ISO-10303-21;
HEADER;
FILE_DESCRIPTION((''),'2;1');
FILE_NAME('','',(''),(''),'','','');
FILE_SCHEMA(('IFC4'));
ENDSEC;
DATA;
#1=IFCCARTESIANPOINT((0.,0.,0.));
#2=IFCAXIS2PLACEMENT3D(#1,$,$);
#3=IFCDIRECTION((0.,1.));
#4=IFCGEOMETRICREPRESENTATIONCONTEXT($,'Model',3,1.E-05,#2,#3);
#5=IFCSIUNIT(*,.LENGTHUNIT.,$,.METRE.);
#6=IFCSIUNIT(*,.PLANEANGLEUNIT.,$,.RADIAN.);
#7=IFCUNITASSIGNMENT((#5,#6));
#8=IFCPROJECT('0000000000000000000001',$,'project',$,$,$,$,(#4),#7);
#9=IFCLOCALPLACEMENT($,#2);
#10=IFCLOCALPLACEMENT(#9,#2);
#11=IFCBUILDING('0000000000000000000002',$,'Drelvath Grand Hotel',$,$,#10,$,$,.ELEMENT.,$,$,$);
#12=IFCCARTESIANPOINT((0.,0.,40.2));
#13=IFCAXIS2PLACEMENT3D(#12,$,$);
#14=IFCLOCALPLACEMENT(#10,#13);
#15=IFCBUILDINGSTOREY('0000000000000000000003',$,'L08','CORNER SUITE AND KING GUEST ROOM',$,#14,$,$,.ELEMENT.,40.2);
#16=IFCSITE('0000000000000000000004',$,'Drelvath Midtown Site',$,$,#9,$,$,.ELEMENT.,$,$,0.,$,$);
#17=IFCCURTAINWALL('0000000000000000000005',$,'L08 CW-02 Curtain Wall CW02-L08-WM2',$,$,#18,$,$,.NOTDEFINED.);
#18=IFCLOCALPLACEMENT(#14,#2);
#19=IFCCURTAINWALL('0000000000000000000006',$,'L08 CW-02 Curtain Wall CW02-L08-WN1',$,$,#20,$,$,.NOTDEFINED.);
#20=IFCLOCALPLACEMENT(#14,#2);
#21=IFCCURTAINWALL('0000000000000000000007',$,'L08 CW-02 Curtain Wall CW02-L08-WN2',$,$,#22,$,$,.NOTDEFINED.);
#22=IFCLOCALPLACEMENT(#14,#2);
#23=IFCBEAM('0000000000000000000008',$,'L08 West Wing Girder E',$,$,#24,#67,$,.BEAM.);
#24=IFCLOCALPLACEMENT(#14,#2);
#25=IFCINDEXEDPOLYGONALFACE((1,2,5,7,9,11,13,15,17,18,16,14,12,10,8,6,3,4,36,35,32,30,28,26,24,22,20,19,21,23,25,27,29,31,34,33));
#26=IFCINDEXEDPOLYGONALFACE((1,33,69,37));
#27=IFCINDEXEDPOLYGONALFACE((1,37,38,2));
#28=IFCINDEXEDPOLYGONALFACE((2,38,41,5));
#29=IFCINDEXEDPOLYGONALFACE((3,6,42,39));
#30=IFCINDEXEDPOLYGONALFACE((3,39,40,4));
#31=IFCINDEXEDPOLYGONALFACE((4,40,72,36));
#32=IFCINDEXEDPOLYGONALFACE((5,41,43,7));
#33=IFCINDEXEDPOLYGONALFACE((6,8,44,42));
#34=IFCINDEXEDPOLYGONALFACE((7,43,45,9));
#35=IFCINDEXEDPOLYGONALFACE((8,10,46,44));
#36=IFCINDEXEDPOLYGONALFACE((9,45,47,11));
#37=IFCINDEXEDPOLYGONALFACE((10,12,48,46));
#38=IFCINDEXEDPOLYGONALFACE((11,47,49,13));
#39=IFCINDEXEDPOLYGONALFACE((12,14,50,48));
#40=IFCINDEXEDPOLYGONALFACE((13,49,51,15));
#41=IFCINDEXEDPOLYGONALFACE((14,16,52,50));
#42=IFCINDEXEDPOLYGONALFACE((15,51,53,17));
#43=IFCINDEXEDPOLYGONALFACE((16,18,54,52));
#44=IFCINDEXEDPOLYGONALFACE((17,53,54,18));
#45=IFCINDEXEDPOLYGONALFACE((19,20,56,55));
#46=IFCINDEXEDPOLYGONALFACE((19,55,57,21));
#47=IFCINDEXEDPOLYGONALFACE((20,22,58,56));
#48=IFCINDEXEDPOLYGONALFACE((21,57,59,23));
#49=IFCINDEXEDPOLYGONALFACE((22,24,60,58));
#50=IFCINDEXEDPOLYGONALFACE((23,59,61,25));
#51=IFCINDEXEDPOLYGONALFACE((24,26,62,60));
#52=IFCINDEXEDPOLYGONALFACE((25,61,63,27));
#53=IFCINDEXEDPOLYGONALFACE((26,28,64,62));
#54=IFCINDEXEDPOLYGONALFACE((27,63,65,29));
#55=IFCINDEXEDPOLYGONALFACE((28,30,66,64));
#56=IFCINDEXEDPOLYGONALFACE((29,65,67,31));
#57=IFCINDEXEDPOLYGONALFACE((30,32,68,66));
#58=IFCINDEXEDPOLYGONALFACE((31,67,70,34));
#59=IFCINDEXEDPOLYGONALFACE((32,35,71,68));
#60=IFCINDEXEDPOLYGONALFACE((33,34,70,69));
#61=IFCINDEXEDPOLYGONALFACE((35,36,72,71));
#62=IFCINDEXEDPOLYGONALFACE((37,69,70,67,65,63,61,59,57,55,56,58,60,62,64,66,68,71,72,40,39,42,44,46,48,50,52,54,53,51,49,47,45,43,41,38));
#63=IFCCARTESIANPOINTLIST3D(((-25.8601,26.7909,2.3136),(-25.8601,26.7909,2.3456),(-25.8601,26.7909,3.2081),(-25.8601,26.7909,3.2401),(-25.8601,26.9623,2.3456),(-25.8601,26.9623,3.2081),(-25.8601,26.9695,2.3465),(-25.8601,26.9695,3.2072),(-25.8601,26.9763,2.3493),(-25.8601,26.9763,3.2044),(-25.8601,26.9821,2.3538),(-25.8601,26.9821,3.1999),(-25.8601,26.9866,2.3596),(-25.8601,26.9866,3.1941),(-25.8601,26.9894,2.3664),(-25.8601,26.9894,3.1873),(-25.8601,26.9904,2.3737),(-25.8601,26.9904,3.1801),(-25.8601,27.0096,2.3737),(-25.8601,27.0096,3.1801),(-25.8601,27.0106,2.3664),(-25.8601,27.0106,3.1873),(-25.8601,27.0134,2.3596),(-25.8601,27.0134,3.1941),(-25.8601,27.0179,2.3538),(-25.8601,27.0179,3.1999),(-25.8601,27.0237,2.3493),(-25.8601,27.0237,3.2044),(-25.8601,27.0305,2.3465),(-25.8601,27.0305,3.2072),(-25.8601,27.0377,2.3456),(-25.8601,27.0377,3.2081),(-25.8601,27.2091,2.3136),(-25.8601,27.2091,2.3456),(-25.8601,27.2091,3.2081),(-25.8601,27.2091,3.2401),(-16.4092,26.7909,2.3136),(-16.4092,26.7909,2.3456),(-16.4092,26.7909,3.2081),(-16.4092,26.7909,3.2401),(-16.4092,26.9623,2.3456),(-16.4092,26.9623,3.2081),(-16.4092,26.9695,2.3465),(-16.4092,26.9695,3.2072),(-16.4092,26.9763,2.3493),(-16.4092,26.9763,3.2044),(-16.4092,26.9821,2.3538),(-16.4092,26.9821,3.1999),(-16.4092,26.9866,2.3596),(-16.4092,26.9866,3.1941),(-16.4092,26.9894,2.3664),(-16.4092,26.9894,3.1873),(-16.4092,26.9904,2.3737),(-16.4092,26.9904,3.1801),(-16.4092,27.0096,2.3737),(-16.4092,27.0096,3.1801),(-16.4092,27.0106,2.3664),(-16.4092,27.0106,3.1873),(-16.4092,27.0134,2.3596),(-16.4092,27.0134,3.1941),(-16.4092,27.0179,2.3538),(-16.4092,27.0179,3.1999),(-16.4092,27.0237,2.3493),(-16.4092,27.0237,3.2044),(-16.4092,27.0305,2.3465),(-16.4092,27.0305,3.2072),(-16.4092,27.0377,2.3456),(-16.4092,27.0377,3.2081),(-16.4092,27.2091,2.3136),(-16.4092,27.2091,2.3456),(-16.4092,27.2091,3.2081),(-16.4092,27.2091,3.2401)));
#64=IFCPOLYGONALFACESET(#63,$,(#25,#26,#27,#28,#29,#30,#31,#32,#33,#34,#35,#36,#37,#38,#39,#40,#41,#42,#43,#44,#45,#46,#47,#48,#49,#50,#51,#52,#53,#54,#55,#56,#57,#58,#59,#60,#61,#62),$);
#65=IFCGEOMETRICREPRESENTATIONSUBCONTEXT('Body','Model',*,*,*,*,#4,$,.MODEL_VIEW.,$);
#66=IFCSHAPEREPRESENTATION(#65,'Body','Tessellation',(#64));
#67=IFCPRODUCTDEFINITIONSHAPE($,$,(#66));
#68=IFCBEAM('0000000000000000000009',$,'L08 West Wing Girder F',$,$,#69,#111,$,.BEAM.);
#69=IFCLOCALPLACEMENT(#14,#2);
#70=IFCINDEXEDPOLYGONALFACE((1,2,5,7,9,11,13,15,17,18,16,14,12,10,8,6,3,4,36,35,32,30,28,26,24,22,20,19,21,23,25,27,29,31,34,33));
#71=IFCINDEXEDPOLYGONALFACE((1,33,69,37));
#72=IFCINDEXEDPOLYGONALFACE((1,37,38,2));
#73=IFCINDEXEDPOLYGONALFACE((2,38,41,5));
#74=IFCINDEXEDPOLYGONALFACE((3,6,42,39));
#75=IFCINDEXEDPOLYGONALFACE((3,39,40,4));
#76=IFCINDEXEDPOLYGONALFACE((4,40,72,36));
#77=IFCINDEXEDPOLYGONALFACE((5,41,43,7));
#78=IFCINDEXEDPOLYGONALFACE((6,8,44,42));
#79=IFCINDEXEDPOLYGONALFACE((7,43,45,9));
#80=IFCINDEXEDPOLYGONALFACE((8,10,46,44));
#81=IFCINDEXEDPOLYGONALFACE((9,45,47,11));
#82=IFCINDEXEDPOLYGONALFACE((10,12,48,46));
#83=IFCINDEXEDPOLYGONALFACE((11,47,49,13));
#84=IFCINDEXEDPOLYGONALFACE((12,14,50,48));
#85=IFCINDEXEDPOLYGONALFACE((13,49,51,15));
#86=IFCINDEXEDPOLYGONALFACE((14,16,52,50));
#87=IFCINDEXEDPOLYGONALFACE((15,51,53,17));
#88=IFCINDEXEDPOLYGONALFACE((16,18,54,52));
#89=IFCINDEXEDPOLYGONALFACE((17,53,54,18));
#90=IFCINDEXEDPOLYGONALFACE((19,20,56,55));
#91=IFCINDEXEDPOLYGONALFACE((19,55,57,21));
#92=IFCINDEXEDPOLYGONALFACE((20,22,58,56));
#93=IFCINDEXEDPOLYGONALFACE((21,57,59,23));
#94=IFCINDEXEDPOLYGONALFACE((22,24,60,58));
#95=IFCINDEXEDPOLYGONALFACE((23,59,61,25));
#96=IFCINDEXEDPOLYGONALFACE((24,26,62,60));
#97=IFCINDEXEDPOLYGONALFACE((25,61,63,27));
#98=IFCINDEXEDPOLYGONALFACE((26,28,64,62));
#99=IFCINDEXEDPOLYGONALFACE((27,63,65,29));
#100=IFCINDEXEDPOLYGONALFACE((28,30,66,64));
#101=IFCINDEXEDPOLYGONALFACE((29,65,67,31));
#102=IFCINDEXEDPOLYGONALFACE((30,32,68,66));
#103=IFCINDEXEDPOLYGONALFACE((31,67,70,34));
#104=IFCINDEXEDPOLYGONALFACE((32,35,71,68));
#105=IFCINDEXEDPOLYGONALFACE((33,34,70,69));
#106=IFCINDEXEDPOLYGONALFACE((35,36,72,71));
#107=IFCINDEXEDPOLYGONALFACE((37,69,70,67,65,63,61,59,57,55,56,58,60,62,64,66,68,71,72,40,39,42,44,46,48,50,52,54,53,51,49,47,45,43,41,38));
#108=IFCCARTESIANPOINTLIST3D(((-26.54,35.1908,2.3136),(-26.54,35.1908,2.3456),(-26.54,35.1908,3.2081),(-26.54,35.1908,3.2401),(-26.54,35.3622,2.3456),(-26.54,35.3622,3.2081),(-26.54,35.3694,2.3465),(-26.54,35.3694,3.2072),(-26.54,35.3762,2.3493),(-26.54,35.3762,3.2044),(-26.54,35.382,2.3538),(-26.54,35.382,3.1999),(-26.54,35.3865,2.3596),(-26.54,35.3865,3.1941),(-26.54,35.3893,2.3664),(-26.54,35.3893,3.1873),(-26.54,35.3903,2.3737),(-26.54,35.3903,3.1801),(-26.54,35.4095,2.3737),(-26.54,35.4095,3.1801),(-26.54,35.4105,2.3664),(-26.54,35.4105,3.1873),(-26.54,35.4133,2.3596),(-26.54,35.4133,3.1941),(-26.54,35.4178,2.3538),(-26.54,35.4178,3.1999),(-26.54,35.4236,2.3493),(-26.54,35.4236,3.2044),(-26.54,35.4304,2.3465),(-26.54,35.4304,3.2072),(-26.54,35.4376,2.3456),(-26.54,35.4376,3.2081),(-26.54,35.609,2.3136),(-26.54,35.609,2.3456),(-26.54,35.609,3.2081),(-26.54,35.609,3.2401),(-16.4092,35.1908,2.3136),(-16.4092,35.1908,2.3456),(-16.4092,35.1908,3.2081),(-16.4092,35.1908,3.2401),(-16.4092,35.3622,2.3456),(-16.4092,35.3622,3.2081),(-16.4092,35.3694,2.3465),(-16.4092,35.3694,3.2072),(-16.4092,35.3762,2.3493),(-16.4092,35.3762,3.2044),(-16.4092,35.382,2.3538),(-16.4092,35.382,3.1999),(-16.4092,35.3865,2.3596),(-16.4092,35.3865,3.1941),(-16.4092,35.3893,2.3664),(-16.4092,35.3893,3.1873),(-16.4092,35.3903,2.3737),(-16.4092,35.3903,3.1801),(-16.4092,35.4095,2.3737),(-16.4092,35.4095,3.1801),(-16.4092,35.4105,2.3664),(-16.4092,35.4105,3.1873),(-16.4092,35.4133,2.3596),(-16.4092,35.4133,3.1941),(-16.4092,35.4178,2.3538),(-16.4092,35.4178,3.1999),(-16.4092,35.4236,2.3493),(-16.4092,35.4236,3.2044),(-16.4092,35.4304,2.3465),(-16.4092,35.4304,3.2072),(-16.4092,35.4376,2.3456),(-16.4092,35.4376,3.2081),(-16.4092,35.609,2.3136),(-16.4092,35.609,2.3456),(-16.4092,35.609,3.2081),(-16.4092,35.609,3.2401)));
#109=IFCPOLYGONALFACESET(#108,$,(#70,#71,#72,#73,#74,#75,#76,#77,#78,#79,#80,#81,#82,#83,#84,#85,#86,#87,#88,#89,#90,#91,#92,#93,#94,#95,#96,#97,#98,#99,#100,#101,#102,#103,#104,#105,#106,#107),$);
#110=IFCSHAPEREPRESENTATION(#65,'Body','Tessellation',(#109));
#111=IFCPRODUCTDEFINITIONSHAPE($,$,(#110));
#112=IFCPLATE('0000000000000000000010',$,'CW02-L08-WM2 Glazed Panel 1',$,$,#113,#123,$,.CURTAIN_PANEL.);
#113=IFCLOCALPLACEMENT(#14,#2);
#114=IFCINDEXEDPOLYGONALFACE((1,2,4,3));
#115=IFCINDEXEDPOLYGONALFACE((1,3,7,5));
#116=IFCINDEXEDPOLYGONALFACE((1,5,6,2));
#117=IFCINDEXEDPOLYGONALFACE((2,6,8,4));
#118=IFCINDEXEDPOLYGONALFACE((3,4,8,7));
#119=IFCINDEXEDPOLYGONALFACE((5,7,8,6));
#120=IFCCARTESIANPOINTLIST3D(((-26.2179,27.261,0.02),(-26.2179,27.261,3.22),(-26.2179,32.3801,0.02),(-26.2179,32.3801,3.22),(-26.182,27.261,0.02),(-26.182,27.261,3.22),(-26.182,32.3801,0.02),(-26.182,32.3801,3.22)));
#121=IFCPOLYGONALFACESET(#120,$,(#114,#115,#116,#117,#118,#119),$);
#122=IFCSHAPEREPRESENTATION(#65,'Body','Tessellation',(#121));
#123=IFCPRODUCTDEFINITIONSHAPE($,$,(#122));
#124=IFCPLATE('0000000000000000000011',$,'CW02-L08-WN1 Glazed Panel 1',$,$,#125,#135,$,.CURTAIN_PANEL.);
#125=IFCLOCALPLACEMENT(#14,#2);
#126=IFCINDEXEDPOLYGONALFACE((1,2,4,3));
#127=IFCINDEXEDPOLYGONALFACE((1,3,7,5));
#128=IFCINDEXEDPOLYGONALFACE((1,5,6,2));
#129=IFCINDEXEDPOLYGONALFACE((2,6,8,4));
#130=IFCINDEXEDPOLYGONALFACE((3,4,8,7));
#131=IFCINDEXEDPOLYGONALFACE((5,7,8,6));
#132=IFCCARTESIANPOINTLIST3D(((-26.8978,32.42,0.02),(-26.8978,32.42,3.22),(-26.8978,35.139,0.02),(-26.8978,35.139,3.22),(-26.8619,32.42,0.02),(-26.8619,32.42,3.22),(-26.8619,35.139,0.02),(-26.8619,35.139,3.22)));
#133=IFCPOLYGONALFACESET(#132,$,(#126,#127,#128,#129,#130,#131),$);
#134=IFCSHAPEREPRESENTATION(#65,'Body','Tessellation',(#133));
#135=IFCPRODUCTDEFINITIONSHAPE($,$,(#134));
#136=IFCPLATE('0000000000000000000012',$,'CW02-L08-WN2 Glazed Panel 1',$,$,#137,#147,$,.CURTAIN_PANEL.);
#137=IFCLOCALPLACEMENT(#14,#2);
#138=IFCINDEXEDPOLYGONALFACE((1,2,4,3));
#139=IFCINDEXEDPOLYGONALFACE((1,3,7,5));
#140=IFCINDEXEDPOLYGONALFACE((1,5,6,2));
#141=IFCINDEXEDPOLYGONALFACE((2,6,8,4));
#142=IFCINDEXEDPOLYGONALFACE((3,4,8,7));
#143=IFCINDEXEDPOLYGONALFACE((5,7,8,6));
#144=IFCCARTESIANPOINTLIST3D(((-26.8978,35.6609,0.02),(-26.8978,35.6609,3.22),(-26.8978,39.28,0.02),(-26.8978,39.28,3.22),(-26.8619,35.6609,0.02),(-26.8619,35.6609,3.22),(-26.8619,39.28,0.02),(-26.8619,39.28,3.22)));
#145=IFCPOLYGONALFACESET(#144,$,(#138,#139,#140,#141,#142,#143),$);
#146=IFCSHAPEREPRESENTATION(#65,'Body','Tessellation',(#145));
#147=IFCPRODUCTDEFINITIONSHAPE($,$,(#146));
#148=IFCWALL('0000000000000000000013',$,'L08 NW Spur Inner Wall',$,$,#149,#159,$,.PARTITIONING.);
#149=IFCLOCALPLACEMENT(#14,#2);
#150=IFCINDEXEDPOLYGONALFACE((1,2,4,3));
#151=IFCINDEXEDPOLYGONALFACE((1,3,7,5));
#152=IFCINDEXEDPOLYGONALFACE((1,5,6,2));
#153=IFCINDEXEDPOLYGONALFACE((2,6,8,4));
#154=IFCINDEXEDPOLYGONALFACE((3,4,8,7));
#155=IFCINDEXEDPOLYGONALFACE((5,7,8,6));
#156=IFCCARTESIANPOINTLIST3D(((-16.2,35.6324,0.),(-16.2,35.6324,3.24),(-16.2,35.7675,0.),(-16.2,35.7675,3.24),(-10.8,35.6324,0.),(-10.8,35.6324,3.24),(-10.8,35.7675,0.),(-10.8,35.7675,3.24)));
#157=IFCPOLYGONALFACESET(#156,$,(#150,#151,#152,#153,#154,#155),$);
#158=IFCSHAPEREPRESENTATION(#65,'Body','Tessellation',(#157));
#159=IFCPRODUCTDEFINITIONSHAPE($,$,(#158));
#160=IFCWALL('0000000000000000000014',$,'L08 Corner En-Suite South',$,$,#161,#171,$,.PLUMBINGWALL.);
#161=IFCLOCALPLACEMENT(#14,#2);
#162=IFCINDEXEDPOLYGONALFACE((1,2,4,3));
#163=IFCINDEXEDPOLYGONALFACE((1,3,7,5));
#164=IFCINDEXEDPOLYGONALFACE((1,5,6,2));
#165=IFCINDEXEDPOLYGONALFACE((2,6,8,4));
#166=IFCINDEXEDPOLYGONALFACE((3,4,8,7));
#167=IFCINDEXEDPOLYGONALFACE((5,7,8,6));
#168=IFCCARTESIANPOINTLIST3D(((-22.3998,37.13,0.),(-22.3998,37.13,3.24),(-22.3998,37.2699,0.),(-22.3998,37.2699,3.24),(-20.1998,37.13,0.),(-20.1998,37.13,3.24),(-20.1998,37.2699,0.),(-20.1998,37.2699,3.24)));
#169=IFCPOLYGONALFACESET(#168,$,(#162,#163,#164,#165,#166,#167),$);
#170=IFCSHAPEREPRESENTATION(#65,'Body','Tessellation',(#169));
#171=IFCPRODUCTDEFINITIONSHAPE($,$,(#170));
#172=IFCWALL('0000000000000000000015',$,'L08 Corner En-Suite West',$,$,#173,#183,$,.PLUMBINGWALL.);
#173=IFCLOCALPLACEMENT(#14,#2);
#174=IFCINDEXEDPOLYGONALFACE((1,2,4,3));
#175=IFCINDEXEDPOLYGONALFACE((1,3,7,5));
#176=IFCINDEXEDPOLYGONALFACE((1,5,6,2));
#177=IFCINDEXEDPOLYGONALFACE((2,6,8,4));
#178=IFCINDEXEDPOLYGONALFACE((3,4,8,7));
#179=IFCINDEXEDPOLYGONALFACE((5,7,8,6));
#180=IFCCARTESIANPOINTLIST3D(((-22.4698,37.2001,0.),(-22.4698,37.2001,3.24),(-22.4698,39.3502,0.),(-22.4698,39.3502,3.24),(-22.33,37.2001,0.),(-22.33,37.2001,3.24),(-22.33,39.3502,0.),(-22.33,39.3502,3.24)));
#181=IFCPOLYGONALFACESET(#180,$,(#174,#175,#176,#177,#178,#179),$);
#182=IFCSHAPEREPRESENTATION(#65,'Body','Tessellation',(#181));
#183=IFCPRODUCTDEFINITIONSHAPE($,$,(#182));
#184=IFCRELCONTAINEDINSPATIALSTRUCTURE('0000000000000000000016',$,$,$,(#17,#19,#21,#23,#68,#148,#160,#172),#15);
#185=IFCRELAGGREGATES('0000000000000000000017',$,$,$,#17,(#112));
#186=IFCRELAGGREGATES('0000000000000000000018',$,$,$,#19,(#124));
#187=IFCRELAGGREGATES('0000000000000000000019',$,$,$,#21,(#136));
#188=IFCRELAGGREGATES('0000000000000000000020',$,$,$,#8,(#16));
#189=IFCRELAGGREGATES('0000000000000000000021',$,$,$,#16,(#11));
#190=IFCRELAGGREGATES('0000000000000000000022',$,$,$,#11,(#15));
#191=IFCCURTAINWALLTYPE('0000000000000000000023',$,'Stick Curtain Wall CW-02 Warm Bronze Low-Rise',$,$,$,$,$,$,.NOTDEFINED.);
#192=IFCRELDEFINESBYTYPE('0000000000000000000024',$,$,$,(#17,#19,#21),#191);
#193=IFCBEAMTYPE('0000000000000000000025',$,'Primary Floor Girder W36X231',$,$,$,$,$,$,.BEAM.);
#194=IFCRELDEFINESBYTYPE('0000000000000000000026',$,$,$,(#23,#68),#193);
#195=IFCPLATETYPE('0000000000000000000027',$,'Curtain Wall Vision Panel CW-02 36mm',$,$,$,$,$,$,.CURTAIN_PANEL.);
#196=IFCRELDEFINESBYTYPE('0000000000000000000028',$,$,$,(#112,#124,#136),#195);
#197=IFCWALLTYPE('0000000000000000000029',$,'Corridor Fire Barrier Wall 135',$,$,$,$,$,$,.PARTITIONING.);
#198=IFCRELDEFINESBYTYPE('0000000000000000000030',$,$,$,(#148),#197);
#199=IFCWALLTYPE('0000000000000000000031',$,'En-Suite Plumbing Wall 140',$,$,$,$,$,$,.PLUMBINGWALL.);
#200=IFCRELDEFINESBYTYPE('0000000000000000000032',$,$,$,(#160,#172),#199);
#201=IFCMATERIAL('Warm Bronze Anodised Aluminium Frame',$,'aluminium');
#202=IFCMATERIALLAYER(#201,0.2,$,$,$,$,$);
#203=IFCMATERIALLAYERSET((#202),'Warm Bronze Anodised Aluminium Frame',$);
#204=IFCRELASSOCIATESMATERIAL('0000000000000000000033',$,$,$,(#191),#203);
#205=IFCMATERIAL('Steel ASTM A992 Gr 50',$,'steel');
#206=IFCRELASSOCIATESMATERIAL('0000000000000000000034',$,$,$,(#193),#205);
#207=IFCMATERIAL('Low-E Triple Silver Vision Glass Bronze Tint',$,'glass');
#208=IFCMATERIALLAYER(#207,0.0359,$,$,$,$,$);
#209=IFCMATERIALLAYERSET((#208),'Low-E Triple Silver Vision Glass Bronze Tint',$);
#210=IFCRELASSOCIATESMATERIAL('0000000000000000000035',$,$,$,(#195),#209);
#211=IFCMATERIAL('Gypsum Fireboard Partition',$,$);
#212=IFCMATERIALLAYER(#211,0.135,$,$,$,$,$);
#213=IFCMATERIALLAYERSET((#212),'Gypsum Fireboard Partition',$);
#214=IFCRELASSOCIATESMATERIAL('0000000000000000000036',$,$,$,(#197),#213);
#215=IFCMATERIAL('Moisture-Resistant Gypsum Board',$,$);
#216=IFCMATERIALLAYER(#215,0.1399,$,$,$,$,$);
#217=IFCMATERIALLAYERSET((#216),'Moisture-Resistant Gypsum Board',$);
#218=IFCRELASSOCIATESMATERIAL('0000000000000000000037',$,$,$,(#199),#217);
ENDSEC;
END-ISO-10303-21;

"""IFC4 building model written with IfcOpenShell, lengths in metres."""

from ifc_helpers import new_model, si_unit, direction, frame, frame_2d, origin, origin_2d, place, context, subcontext, project, spatial, rectangle, i_section, extrude, material, layer, layer_set, material_profile, profile_set, type_object, element, aggregate, save


model = new_model("IFC4")

# Units and contexts
model_context = context("Model", 3, precision=1e-05, world=origin(), true_north=direction((0.0, 1.0)))
body_context = subcontext(model_context, "Body", "Model", "MODEL_VIEW")
ifc_project = project(units=[si_unit("LENGTHUNIT", "METRE"), si_unit("PLANEANGLEUNIT", "RADIAN")], contexts=[model_context])

# Site, building, storey
site_placement = place(None, origin())
site = spatial("IfcSite", under=ifc_project, at=site_placement, Name="Drelvath Midtown Site", CompositionType="ELEMENT", RefElevation=0.0)
building_placement = place(site_placement, origin())
building = spatial("IfcBuilding", under=site, at=building_placement, Name="Drelvath Grand Hotel", CompositionType="ELEMENT")
storey_placement = place(building_placement, frame((0.0, 0.0, 40.2)))
storey = spatial("IfcBuildingStorey", under=building, at=storey_placement, Name="L08", Description="CORNER SUITE AND KING GUEST ROOM", CompositionType="ELEMENT", Elevation=40.2)

# Curtain walls
ifc_material_1 = material(Name="Warm Bronze Anodised Aluminium Frame", Category="aluminium")
ifc_layer_1 = layer(ifc_material_1, 0.2)
ifc_layer_set_1 = layer_set([ifc_layer_1], Name="Warm Bronze Anodised Aluminium Frame")
curtain_wall_type = type_object("IfcCurtainWallType", Name="Stick Curtain Wall CW-02 Warm Bronze Low-Rise", PredefinedType="NOTDEFINED", material=ifc_layer_set_1)
curtain_wall_1_placement = place(storey_placement, origin())
curtain_wall_1 = element("IfcCurtainWall", 1, at=curtain_wall_1_placement, inside=storey, type_object=curtain_wall_type, Name="L08 CW-02 Curtain Wall CW02-L08-WM2", PredefinedType="NOTDEFINED")
curtain_wall_2_placement = place(storey_placement, origin())
curtain_wall_2 = element("IfcCurtainWall", 2, at=curtain_wall_2_placement, inside=storey, type_object=curtain_wall_type, Name="L08 CW-02 Curtain Wall CW02-L08-WN1", PredefinedType="NOTDEFINED")
curtain_wall_3_placement = place(storey_placement, origin())
curtain_wall_3 = element("IfcCurtainWall", 3, at=curtain_wall_3_placement, inside=storey, type_object=curtain_wall_type, Name="L08 CW-02 Curtain Wall CW02-L08-WN2", PredefinedType="NOTDEFINED")

# Beams
ifc_material_2 = material(Name="Steel ASTM A992 Gr 50", Category="steel")
ifc_material_profile_1 = material_profile(ifc_material_2, i_section(OverallWidth=0.4182, OverallDepth=0.9265, WebThickness=0.0193, FlangeThickness=0.032, FilletRadius=0.0281, at=origin_2d()), Name="W36X231")
ifc_profile_set_1 = profile_set([ifc_material_profile_1], Name="Steel ASTM A992 Gr 50")
beam_type_1 = type_object("IfcBeamType", Name="Primary Floor Girder W36X231", PredefinedType="BEAM", material=ifc_profile_set_1)
beam_1_placement = place(storey_placement, frame((-25.8601, 27.0, 2.7769), z_axis=(1.0, 0.0, 0.0), x_axis=(0.0, 1.0, 0.0)))
element("IfcBeam", 4, at=beam_1_placement, inside=storey, type_object=beam_type_1, Name="L08 West Wing Girder E", PredefinedType="BEAM", context=body_context, shape_type="SweptSolid", body=[
    extrude(i_section(OverallWidth=0.4182, OverallDepth=0.9265, WebThickness=0.0193, FlangeThickness=0.032, FilletRadius=0.0281, at=origin_2d()), origin(), (0.0, 0.0, 1.0), 9.4509),
])
beam_2_placement = place(storey_placement, frame((-26.54, 35.3999, 2.7769), z_axis=(1.0, 0.0, 0.0), x_axis=(0.0, 1.0, 0.0)))
element("IfcBeam", 5, at=beam_2_placement, inside=storey, type_object=beam_type_1, Name="L08 West Wing Girder F", PredefinedType="BEAM", context=body_context, shape_type="SweptSolid", body=[
    extrude(i_section(OverallWidth=0.4182, OverallDepth=0.9265, WebThickness=0.0193, FlangeThickness=0.032, FilletRadius=0.0281, at=origin_2d()), origin(), (0.0, 0.0, 1.0), 10.1309),
])

# Plates
ifc_material_3 = material(Name="Low-E Triple Silver Vision Glass Bronze Tint", Category="glass")
ifc_layer_2 = layer(ifc_material_3, 0.0359)
ifc_layer_set_2 = layer_set([ifc_layer_2], Name="Low-E Triple Silver Vision Glass Bronze Tint")
plate_type = type_object("IfcPlateType", Name="Curtain Wall Vision Panel CW-02 36mm", PredefinedType="CURTAIN_PANEL", material=ifc_layer_set_2)
plate_1_placement = place(storey_placement, frame((-26.2, 29.8206, 0.02), z_axis=(0.0, 0.0, 1.0), x_axis=(0.0, 1.0, 0.0)))
plate_1 = element("IfcPlate", 6, at=plate_1_placement, type_object=plate_type, Name="CW02-L08-WM2 Glazed Panel 1", PredefinedType="CURTAIN_PANEL", context=body_context, shape_type="SweptSolid", body=[
    extrude(rectangle(XDim=5.1191, YDim=0.0359, at=origin_2d()), origin(), (0.0, 0.0, 1.0), 3.2),
])
aggregate(curtain_wall_1, [plate_1])
plate_2_placement = place(storey_placement, frame((-26.8799, 33.7795, 0.02), z_axis=(0.0, 0.0, 1.0), x_axis=(0.0, 1.0, 0.0)))
plate_2 = element("IfcPlate", 7, at=plate_2_placement, type_object=plate_type, Name="CW02-L08-WN1 Glazed Panel 1", PredefinedType="CURTAIN_PANEL", context=body_context, shape_type="SweptSolid", body=[
    extrude(rectangle(XDim=2.719, YDim=0.0359, at=origin_2d()), origin(), (0.0, 0.0, 1.0), 3.2),
])
aggregate(curtain_wall_2, [plate_2])
plate_3_placement = place(storey_placement, frame((-26.8799, 37.4705, 0.02), z_axis=(0.0, 0.0, 1.0), x_axis=(0.0, 1.0, 0.0)))
plate_3 = element("IfcPlate", 8, at=plate_3_placement, type_object=plate_type, Name="CW02-L08-WN2 Glazed Panel 1", PredefinedType="CURTAIN_PANEL", context=body_context, shape_type="SweptSolid", body=[
    extrude(rectangle(XDim=3.6191, YDim=0.0359, at=origin_2d()), origin(), (0.0, 0.0, 1.0), 3.2),
])
aggregate(curtain_wall_3, [plate_3])

# Walls
ifc_material_4 = material(Name="Gypsum Fireboard Partition")
ifc_layer_3 = layer(ifc_material_4, 0.135)
ifc_layer_set_3 = layer_set([ifc_layer_3], Name="Gypsum Fireboard Partition")
wall_type_1 = type_object("IfcWallType", Name="Corridor Fire Barrier Wall 135", PredefinedType="PARTITIONING", material=ifc_layer_set_3)
wall_1_placement = place(storey_placement, frame((-16.2, 35.7, 0.0), z_axis=(0.0, 0.0, 1.0), x_axis=(1.0, 0.0, 0.0)))
element("IfcWall", 9, at=wall_1_placement, inside=storey, type_object=wall_type_1, Name="L08 NW Spur Inner Wall", PredefinedType="PARTITIONING", context=body_context, shape_type="SweptSolid", body=[
    extrude(rectangle(XDim=5.3999, YDim=0.135, at=frame_2d((2.7, 0.0))), origin(), (0.0, 0.0, 1.0), 3.24),
])
ifc_material_5 = material(Name="Moisture-Resistant Gypsum Board")
ifc_layer_4 = layer(ifc_material_5, 0.1399)
ifc_layer_set_4 = layer_set([ifc_layer_4], Name="Moisture-Resistant Gypsum Board")
wall_type_2 = type_object("IfcWallType", Name="En-Suite Plumbing Wall 140", PredefinedType="PLUMBINGWALL", material=ifc_layer_set_4)
wall_2_placement = place(storey_placement, frame((-22.3999, 37.2, 0.0), z_axis=(0.0, 0.0, 1.0), x_axis=(1.0, 0.0, 0.0)))
element("IfcWall", 10, at=wall_2_placement, inside=storey, type_object=wall_type_2, Name="L08 Corner En-Suite South", PredefinedType="PLUMBINGWALL", context=body_context, shape_type="SweptSolid", body=[
    extrude(rectangle(XDim=2.2, YDim=0.1399, at=frame_2d((1.1001, 0.0))), origin(), (0.0, 0.0, 1.0), 3.24),
])
wall_3_placement = place(storey_placement, frame((-22.3999, 37.2, 0.0), z_axis=(0.0, 0.0, 1.0), x_axis=(0.0, 1.0, 0.0)))
element("IfcWall", 11, at=wall_3_placement, inside=storey, type_object=wall_type_2, Name="L08 Corner En-Suite West", PredefinedType="PLUMBINGWALL", context=body_context, shape_type="SweptSolid", body=[
    extrude(rectangle(XDim=2.1501, YDim=0.1399, at=frame_2d((1.0752, 0.0))), origin(), (0.0, 0.0, 1.0), 3.24),
])

save(model, "model.ifc")
